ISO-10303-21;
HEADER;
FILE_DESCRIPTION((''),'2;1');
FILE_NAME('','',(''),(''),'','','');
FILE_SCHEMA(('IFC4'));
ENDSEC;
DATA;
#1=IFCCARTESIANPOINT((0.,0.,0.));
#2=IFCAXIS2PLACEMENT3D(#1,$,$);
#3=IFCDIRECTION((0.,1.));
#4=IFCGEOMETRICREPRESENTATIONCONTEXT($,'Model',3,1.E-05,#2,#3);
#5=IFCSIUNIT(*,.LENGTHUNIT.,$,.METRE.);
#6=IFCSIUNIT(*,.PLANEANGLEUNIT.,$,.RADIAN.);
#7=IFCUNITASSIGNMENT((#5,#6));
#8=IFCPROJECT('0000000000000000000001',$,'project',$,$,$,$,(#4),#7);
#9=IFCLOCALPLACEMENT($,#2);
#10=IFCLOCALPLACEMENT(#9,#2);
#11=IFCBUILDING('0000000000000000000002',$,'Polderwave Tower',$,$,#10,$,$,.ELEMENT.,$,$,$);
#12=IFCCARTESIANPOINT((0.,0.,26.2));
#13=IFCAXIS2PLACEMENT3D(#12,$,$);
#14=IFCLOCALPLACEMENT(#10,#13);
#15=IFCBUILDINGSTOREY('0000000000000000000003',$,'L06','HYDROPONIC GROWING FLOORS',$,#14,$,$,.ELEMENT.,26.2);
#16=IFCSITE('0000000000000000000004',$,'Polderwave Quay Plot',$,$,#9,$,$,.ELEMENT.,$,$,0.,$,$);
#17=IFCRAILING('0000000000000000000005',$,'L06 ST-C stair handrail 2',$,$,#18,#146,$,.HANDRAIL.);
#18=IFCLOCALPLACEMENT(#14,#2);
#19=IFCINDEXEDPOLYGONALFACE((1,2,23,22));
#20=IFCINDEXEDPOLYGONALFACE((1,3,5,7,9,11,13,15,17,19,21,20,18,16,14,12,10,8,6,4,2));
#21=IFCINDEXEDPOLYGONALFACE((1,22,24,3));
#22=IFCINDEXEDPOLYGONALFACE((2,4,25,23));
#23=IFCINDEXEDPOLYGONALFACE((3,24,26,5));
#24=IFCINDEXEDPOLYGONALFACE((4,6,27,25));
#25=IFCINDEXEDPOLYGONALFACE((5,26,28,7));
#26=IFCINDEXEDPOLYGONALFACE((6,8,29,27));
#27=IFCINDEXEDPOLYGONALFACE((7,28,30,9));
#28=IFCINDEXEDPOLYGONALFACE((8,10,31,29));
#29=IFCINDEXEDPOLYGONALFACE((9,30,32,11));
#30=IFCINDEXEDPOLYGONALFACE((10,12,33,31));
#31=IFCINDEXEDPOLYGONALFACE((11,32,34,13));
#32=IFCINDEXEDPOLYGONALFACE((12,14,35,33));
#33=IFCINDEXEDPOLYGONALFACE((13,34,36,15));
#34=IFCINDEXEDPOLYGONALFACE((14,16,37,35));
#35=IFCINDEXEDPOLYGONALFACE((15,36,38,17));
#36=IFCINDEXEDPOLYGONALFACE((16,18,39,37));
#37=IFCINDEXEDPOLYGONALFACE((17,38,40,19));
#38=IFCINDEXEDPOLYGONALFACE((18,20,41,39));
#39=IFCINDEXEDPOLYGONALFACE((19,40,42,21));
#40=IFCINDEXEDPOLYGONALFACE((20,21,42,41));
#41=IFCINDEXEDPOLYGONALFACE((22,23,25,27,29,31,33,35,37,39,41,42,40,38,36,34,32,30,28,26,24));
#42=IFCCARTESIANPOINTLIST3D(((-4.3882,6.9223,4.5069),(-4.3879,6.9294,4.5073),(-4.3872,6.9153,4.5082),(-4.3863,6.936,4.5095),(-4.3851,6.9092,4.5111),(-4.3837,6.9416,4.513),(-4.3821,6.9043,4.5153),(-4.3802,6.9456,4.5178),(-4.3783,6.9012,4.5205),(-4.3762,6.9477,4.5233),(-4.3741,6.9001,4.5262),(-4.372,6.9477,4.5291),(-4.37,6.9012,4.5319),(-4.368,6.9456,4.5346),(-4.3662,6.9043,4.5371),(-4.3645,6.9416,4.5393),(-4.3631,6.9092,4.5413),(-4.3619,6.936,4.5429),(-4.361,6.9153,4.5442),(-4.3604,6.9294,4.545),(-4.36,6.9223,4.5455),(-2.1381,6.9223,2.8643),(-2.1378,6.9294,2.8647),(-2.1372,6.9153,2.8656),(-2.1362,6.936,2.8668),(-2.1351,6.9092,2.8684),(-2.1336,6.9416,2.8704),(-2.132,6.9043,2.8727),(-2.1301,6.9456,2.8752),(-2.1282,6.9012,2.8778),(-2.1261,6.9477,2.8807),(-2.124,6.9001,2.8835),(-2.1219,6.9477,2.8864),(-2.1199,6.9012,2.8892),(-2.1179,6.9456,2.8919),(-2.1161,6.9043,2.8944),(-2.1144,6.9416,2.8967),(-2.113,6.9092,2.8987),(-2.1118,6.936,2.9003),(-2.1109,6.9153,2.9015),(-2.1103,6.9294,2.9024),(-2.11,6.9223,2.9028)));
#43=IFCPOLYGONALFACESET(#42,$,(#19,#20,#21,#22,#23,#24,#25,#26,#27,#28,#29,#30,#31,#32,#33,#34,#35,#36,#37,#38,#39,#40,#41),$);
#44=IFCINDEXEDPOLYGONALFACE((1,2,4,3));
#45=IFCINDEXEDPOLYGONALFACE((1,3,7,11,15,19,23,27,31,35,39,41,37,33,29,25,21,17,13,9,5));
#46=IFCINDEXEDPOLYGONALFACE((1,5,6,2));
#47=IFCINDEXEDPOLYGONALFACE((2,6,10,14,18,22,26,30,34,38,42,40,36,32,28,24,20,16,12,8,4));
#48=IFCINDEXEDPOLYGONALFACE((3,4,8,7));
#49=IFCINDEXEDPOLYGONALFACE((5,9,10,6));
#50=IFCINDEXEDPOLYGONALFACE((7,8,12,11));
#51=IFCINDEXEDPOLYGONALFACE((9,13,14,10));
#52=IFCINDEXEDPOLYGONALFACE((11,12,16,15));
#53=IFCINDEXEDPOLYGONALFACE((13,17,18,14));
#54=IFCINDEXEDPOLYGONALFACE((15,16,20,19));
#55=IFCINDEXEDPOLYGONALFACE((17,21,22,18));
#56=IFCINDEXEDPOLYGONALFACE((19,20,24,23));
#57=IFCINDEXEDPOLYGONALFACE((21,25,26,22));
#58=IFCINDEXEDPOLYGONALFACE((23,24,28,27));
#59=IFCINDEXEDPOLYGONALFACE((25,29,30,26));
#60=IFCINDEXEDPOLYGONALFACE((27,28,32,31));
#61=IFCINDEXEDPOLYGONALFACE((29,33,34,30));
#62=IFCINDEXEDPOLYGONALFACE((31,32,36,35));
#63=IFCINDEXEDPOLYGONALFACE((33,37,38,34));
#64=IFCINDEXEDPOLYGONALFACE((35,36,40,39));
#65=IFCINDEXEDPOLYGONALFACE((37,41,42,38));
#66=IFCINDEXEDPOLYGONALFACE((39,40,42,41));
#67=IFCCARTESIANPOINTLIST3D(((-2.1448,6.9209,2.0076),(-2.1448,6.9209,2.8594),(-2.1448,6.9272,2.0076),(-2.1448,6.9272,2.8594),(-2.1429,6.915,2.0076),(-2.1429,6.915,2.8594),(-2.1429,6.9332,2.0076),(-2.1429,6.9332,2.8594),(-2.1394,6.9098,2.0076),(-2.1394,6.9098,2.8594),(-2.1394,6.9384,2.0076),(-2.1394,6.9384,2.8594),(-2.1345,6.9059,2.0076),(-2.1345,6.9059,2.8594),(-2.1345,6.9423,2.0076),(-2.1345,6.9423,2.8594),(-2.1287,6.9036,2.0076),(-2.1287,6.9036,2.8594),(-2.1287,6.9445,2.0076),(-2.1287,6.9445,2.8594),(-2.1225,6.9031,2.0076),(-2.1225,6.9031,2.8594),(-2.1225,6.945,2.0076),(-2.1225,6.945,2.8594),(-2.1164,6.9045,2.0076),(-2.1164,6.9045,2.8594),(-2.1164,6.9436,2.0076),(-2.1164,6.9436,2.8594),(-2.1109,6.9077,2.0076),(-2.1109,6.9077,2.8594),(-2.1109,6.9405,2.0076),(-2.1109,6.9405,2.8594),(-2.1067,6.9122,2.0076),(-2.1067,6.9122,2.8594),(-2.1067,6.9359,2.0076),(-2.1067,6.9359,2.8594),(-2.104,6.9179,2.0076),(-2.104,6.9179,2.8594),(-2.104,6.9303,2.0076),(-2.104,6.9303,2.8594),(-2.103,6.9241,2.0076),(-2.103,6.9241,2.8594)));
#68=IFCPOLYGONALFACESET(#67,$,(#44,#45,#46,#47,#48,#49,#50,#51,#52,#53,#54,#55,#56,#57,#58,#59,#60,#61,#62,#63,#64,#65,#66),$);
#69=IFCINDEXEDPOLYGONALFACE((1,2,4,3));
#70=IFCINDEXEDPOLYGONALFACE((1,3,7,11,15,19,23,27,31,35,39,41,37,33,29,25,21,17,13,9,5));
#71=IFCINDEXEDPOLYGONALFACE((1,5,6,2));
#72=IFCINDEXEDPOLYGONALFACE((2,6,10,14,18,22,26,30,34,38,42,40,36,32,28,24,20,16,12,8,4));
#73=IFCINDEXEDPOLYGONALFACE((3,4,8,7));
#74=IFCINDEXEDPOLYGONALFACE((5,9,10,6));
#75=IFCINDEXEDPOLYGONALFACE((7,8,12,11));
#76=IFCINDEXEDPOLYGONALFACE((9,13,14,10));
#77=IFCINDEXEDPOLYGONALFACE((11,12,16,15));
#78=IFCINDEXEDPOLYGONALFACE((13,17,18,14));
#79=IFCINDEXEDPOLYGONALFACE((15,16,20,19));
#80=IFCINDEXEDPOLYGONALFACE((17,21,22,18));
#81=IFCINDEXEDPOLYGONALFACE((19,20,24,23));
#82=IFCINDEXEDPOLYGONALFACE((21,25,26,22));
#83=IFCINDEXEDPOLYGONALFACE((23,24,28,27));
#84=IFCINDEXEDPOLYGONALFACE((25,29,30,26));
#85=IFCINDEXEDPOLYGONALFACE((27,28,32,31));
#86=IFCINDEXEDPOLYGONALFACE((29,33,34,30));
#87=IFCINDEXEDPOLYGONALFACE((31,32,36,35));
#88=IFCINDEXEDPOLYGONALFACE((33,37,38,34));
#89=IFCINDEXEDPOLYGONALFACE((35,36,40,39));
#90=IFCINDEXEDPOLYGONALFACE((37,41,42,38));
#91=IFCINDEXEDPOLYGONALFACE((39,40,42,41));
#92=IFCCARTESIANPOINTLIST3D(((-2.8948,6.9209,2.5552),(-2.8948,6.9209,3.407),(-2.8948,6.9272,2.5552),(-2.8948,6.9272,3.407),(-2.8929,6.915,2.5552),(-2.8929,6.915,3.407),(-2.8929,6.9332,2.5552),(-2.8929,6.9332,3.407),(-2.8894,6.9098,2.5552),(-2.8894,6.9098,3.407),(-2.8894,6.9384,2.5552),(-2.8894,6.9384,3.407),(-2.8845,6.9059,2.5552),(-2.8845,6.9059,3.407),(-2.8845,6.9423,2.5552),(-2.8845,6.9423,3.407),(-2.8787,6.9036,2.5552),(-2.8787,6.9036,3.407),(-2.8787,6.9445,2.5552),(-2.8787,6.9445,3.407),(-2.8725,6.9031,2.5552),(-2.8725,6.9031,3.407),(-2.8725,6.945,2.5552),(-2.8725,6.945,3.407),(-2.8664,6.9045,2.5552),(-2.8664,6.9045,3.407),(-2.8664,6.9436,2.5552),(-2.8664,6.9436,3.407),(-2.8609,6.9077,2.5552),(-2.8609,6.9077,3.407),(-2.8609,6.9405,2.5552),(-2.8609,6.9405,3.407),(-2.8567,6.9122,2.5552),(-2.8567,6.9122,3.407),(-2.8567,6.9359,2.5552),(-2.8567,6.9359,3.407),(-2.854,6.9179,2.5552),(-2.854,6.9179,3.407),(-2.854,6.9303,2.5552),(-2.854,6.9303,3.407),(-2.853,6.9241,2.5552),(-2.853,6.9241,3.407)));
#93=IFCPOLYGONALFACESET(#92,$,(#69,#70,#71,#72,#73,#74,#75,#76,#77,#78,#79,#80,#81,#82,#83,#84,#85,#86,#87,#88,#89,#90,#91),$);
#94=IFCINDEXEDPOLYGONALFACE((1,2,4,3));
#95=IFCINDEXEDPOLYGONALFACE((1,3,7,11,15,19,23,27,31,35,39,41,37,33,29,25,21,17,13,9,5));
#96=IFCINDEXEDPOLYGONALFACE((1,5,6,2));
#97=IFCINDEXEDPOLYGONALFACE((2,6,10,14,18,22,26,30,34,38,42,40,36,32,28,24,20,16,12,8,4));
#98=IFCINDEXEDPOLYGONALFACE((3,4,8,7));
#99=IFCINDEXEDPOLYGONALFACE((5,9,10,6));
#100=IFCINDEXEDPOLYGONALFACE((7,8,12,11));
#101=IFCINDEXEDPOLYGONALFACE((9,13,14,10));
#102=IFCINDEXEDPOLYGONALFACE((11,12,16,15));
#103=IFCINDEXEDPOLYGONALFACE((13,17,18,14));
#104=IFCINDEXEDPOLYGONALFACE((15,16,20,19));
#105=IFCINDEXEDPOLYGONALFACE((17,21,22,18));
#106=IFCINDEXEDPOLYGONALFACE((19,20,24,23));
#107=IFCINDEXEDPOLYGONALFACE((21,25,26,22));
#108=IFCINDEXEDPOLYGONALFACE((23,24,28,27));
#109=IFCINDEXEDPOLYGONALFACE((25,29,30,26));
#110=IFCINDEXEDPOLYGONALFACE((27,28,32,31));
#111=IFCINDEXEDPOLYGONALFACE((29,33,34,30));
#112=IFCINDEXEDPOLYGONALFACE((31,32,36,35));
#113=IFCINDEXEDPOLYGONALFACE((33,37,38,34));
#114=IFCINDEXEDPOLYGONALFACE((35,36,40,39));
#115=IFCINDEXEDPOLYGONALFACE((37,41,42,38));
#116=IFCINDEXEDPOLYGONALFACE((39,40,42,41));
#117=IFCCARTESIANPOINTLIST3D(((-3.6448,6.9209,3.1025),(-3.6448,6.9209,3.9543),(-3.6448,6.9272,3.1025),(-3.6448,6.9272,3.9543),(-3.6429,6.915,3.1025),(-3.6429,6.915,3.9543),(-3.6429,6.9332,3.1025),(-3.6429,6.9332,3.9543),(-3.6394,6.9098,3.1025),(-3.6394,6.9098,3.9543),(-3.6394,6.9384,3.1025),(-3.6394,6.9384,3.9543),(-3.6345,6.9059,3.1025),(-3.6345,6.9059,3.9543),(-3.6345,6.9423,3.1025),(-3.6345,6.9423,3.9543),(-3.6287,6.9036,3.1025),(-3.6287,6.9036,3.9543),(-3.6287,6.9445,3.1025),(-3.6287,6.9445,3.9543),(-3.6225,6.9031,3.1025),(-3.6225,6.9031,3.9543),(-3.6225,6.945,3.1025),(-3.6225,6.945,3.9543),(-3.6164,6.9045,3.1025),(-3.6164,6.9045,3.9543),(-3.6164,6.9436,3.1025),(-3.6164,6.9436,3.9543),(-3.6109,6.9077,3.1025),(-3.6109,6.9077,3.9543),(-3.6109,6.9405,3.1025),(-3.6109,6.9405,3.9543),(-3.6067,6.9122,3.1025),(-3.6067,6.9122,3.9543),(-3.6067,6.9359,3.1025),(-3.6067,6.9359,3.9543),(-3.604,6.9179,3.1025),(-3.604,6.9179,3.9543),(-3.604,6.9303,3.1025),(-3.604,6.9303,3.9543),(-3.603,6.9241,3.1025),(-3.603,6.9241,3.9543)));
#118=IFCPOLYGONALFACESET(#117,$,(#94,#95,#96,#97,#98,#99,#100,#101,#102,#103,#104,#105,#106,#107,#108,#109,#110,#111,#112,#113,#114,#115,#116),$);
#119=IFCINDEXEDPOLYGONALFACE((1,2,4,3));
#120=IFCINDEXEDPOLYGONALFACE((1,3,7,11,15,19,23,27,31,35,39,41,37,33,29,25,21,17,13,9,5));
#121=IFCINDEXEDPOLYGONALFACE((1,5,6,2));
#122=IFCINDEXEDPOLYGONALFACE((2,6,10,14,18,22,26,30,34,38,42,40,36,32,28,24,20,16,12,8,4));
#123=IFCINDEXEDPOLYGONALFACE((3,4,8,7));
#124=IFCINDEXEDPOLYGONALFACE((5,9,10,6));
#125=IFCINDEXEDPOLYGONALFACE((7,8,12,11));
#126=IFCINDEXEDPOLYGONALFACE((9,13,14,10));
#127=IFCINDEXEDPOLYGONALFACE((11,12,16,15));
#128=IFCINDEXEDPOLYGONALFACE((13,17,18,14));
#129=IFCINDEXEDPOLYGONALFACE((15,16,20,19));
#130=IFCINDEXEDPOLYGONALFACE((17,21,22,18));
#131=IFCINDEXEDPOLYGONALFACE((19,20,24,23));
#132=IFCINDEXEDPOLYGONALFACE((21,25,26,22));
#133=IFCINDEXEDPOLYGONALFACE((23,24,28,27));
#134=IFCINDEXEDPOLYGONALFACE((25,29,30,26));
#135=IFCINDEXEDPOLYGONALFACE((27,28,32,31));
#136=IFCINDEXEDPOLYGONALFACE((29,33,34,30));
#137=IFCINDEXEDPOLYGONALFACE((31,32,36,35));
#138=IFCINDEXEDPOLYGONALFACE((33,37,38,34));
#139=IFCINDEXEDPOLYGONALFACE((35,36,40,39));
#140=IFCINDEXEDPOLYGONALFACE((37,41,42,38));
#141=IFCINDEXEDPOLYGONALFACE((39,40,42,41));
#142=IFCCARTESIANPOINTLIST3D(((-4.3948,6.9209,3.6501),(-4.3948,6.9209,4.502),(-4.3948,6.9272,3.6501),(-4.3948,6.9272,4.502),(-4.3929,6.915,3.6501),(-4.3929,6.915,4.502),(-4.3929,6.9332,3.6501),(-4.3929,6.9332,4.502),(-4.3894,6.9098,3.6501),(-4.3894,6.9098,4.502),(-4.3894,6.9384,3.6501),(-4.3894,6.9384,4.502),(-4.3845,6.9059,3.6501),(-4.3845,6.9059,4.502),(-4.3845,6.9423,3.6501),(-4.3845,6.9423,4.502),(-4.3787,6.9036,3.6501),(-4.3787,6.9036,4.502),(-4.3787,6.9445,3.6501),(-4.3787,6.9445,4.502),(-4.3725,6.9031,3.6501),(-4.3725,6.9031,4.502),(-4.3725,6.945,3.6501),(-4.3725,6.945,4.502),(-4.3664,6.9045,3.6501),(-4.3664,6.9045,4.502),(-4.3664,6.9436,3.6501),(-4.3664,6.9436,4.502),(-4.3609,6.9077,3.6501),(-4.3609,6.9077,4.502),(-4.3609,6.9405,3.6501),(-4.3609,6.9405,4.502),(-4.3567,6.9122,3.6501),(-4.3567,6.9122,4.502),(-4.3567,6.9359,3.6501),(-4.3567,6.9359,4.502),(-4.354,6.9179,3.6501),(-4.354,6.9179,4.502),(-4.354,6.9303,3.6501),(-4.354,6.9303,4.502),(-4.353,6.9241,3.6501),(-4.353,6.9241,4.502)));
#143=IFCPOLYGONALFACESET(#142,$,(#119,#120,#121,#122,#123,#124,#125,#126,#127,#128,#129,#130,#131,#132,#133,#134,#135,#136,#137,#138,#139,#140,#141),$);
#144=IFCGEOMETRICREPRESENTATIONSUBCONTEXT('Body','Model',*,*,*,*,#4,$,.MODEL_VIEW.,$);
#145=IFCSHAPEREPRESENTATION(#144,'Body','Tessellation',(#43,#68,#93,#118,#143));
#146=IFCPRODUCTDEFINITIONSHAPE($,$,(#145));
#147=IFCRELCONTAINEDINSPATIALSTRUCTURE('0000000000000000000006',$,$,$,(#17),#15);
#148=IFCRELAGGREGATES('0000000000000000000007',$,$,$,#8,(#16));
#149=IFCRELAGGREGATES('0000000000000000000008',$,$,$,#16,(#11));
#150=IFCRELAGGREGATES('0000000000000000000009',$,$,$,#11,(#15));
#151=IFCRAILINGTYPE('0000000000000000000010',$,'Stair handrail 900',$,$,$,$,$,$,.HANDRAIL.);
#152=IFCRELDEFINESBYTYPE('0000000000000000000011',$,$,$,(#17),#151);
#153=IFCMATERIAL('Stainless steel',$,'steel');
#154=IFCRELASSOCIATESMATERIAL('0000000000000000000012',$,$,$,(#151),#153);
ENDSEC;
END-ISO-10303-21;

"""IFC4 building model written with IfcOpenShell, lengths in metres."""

from ifc_helpers import new_model, si_unit, direction, frame, origin, origin_2d, place, context, subcontext, project, spatial, circle, extrude, material, type_object, element, save


model = new_model("IFC4")

# Units and contexts
model_context = context("Model", 3, precision=1e-05, world=origin(), true_north=direction((0.0, 1.0)))
body_context = subcontext(model_context, "Body", "Model", "MODEL_VIEW")
ifc_project = project(units=[si_unit("LENGTHUNIT", "METRE"), si_unit("PLANEANGLEUNIT", "RADIAN")], contexts=[model_context])

# Site, building, storey
site_placement = place(None, origin())
site = spatial("IfcSite", under=ifc_project, at=site_placement, Name="Polderwave Quay Plot", CompositionType="ELEMENT", RefElevation=0.0)
building_placement = place(site_placement, origin())
building = spatial("IfcBuilding", under=site, at=building_placement, Name="Polderwave Tower", CompositionType="ELEMENT")
storey_placement = place(building_placement, frame((0.0, 0.0, 26.2)))
storey = spatial("IfcBuildingStorey", under=building, at=storey_placement, Name="L06", Description="HYDROPONIC GROWING FLOORS", CompositionType="ELEMENT", Elevation=26.2)

# Railing
ifc_material_1 = material(Name="Stainless steel", Category="steel")
railing_type_1 = type_object("IfcRailingType", Name="Stair handrail 900", PredefinedType="HANDRAIL", material=ifc_material_1)
railing_1_placement = place(storey_placement, frame((-2.124, 6.9241, 2.0076)))
element("IfcRailing", 1, at=railing_1_placement, inside=storey, type_object=railing_type_1, Name="L06 ST-C stair handrail 2", PredefinedType="HANDRAIL", context=body_context, shape_type="SweptSolid", body=[
    extrude(circle(Radius=0.0239, at=origin_2d()), frame((0.0, 0.0, 0.876), z_axis=(-0.807674, 0.0, 0.58963), x_axis=(0.0, -1.0, 0.0)), (0.0, 0.0, 1.0), 2.7859),
    extrude(circle(Radius=0.021, at=origin_2d()), origin(), (0.0, 0.0, 1.0), 0.8518),
    extrude(circle(Radius=0.021, at=origin_2d()), frame((-0.75, 0.0, 0.5476)), (0.0, 0.0, 1.0), 0.8518),
    extrude(circle(Radius=0.021, at=origin_2d()), frame((-1.5, 0.0, 1.095)), (0.0, 0.0, 1.0), 0.8518),
    extrude(circle(Radius=0.021, at=origin_2d()), frame((-2.25, 0.0, 1.6426)), (0.0, 0.0, 1.0), 0.8518),
])

save(model, "model.ifc")
